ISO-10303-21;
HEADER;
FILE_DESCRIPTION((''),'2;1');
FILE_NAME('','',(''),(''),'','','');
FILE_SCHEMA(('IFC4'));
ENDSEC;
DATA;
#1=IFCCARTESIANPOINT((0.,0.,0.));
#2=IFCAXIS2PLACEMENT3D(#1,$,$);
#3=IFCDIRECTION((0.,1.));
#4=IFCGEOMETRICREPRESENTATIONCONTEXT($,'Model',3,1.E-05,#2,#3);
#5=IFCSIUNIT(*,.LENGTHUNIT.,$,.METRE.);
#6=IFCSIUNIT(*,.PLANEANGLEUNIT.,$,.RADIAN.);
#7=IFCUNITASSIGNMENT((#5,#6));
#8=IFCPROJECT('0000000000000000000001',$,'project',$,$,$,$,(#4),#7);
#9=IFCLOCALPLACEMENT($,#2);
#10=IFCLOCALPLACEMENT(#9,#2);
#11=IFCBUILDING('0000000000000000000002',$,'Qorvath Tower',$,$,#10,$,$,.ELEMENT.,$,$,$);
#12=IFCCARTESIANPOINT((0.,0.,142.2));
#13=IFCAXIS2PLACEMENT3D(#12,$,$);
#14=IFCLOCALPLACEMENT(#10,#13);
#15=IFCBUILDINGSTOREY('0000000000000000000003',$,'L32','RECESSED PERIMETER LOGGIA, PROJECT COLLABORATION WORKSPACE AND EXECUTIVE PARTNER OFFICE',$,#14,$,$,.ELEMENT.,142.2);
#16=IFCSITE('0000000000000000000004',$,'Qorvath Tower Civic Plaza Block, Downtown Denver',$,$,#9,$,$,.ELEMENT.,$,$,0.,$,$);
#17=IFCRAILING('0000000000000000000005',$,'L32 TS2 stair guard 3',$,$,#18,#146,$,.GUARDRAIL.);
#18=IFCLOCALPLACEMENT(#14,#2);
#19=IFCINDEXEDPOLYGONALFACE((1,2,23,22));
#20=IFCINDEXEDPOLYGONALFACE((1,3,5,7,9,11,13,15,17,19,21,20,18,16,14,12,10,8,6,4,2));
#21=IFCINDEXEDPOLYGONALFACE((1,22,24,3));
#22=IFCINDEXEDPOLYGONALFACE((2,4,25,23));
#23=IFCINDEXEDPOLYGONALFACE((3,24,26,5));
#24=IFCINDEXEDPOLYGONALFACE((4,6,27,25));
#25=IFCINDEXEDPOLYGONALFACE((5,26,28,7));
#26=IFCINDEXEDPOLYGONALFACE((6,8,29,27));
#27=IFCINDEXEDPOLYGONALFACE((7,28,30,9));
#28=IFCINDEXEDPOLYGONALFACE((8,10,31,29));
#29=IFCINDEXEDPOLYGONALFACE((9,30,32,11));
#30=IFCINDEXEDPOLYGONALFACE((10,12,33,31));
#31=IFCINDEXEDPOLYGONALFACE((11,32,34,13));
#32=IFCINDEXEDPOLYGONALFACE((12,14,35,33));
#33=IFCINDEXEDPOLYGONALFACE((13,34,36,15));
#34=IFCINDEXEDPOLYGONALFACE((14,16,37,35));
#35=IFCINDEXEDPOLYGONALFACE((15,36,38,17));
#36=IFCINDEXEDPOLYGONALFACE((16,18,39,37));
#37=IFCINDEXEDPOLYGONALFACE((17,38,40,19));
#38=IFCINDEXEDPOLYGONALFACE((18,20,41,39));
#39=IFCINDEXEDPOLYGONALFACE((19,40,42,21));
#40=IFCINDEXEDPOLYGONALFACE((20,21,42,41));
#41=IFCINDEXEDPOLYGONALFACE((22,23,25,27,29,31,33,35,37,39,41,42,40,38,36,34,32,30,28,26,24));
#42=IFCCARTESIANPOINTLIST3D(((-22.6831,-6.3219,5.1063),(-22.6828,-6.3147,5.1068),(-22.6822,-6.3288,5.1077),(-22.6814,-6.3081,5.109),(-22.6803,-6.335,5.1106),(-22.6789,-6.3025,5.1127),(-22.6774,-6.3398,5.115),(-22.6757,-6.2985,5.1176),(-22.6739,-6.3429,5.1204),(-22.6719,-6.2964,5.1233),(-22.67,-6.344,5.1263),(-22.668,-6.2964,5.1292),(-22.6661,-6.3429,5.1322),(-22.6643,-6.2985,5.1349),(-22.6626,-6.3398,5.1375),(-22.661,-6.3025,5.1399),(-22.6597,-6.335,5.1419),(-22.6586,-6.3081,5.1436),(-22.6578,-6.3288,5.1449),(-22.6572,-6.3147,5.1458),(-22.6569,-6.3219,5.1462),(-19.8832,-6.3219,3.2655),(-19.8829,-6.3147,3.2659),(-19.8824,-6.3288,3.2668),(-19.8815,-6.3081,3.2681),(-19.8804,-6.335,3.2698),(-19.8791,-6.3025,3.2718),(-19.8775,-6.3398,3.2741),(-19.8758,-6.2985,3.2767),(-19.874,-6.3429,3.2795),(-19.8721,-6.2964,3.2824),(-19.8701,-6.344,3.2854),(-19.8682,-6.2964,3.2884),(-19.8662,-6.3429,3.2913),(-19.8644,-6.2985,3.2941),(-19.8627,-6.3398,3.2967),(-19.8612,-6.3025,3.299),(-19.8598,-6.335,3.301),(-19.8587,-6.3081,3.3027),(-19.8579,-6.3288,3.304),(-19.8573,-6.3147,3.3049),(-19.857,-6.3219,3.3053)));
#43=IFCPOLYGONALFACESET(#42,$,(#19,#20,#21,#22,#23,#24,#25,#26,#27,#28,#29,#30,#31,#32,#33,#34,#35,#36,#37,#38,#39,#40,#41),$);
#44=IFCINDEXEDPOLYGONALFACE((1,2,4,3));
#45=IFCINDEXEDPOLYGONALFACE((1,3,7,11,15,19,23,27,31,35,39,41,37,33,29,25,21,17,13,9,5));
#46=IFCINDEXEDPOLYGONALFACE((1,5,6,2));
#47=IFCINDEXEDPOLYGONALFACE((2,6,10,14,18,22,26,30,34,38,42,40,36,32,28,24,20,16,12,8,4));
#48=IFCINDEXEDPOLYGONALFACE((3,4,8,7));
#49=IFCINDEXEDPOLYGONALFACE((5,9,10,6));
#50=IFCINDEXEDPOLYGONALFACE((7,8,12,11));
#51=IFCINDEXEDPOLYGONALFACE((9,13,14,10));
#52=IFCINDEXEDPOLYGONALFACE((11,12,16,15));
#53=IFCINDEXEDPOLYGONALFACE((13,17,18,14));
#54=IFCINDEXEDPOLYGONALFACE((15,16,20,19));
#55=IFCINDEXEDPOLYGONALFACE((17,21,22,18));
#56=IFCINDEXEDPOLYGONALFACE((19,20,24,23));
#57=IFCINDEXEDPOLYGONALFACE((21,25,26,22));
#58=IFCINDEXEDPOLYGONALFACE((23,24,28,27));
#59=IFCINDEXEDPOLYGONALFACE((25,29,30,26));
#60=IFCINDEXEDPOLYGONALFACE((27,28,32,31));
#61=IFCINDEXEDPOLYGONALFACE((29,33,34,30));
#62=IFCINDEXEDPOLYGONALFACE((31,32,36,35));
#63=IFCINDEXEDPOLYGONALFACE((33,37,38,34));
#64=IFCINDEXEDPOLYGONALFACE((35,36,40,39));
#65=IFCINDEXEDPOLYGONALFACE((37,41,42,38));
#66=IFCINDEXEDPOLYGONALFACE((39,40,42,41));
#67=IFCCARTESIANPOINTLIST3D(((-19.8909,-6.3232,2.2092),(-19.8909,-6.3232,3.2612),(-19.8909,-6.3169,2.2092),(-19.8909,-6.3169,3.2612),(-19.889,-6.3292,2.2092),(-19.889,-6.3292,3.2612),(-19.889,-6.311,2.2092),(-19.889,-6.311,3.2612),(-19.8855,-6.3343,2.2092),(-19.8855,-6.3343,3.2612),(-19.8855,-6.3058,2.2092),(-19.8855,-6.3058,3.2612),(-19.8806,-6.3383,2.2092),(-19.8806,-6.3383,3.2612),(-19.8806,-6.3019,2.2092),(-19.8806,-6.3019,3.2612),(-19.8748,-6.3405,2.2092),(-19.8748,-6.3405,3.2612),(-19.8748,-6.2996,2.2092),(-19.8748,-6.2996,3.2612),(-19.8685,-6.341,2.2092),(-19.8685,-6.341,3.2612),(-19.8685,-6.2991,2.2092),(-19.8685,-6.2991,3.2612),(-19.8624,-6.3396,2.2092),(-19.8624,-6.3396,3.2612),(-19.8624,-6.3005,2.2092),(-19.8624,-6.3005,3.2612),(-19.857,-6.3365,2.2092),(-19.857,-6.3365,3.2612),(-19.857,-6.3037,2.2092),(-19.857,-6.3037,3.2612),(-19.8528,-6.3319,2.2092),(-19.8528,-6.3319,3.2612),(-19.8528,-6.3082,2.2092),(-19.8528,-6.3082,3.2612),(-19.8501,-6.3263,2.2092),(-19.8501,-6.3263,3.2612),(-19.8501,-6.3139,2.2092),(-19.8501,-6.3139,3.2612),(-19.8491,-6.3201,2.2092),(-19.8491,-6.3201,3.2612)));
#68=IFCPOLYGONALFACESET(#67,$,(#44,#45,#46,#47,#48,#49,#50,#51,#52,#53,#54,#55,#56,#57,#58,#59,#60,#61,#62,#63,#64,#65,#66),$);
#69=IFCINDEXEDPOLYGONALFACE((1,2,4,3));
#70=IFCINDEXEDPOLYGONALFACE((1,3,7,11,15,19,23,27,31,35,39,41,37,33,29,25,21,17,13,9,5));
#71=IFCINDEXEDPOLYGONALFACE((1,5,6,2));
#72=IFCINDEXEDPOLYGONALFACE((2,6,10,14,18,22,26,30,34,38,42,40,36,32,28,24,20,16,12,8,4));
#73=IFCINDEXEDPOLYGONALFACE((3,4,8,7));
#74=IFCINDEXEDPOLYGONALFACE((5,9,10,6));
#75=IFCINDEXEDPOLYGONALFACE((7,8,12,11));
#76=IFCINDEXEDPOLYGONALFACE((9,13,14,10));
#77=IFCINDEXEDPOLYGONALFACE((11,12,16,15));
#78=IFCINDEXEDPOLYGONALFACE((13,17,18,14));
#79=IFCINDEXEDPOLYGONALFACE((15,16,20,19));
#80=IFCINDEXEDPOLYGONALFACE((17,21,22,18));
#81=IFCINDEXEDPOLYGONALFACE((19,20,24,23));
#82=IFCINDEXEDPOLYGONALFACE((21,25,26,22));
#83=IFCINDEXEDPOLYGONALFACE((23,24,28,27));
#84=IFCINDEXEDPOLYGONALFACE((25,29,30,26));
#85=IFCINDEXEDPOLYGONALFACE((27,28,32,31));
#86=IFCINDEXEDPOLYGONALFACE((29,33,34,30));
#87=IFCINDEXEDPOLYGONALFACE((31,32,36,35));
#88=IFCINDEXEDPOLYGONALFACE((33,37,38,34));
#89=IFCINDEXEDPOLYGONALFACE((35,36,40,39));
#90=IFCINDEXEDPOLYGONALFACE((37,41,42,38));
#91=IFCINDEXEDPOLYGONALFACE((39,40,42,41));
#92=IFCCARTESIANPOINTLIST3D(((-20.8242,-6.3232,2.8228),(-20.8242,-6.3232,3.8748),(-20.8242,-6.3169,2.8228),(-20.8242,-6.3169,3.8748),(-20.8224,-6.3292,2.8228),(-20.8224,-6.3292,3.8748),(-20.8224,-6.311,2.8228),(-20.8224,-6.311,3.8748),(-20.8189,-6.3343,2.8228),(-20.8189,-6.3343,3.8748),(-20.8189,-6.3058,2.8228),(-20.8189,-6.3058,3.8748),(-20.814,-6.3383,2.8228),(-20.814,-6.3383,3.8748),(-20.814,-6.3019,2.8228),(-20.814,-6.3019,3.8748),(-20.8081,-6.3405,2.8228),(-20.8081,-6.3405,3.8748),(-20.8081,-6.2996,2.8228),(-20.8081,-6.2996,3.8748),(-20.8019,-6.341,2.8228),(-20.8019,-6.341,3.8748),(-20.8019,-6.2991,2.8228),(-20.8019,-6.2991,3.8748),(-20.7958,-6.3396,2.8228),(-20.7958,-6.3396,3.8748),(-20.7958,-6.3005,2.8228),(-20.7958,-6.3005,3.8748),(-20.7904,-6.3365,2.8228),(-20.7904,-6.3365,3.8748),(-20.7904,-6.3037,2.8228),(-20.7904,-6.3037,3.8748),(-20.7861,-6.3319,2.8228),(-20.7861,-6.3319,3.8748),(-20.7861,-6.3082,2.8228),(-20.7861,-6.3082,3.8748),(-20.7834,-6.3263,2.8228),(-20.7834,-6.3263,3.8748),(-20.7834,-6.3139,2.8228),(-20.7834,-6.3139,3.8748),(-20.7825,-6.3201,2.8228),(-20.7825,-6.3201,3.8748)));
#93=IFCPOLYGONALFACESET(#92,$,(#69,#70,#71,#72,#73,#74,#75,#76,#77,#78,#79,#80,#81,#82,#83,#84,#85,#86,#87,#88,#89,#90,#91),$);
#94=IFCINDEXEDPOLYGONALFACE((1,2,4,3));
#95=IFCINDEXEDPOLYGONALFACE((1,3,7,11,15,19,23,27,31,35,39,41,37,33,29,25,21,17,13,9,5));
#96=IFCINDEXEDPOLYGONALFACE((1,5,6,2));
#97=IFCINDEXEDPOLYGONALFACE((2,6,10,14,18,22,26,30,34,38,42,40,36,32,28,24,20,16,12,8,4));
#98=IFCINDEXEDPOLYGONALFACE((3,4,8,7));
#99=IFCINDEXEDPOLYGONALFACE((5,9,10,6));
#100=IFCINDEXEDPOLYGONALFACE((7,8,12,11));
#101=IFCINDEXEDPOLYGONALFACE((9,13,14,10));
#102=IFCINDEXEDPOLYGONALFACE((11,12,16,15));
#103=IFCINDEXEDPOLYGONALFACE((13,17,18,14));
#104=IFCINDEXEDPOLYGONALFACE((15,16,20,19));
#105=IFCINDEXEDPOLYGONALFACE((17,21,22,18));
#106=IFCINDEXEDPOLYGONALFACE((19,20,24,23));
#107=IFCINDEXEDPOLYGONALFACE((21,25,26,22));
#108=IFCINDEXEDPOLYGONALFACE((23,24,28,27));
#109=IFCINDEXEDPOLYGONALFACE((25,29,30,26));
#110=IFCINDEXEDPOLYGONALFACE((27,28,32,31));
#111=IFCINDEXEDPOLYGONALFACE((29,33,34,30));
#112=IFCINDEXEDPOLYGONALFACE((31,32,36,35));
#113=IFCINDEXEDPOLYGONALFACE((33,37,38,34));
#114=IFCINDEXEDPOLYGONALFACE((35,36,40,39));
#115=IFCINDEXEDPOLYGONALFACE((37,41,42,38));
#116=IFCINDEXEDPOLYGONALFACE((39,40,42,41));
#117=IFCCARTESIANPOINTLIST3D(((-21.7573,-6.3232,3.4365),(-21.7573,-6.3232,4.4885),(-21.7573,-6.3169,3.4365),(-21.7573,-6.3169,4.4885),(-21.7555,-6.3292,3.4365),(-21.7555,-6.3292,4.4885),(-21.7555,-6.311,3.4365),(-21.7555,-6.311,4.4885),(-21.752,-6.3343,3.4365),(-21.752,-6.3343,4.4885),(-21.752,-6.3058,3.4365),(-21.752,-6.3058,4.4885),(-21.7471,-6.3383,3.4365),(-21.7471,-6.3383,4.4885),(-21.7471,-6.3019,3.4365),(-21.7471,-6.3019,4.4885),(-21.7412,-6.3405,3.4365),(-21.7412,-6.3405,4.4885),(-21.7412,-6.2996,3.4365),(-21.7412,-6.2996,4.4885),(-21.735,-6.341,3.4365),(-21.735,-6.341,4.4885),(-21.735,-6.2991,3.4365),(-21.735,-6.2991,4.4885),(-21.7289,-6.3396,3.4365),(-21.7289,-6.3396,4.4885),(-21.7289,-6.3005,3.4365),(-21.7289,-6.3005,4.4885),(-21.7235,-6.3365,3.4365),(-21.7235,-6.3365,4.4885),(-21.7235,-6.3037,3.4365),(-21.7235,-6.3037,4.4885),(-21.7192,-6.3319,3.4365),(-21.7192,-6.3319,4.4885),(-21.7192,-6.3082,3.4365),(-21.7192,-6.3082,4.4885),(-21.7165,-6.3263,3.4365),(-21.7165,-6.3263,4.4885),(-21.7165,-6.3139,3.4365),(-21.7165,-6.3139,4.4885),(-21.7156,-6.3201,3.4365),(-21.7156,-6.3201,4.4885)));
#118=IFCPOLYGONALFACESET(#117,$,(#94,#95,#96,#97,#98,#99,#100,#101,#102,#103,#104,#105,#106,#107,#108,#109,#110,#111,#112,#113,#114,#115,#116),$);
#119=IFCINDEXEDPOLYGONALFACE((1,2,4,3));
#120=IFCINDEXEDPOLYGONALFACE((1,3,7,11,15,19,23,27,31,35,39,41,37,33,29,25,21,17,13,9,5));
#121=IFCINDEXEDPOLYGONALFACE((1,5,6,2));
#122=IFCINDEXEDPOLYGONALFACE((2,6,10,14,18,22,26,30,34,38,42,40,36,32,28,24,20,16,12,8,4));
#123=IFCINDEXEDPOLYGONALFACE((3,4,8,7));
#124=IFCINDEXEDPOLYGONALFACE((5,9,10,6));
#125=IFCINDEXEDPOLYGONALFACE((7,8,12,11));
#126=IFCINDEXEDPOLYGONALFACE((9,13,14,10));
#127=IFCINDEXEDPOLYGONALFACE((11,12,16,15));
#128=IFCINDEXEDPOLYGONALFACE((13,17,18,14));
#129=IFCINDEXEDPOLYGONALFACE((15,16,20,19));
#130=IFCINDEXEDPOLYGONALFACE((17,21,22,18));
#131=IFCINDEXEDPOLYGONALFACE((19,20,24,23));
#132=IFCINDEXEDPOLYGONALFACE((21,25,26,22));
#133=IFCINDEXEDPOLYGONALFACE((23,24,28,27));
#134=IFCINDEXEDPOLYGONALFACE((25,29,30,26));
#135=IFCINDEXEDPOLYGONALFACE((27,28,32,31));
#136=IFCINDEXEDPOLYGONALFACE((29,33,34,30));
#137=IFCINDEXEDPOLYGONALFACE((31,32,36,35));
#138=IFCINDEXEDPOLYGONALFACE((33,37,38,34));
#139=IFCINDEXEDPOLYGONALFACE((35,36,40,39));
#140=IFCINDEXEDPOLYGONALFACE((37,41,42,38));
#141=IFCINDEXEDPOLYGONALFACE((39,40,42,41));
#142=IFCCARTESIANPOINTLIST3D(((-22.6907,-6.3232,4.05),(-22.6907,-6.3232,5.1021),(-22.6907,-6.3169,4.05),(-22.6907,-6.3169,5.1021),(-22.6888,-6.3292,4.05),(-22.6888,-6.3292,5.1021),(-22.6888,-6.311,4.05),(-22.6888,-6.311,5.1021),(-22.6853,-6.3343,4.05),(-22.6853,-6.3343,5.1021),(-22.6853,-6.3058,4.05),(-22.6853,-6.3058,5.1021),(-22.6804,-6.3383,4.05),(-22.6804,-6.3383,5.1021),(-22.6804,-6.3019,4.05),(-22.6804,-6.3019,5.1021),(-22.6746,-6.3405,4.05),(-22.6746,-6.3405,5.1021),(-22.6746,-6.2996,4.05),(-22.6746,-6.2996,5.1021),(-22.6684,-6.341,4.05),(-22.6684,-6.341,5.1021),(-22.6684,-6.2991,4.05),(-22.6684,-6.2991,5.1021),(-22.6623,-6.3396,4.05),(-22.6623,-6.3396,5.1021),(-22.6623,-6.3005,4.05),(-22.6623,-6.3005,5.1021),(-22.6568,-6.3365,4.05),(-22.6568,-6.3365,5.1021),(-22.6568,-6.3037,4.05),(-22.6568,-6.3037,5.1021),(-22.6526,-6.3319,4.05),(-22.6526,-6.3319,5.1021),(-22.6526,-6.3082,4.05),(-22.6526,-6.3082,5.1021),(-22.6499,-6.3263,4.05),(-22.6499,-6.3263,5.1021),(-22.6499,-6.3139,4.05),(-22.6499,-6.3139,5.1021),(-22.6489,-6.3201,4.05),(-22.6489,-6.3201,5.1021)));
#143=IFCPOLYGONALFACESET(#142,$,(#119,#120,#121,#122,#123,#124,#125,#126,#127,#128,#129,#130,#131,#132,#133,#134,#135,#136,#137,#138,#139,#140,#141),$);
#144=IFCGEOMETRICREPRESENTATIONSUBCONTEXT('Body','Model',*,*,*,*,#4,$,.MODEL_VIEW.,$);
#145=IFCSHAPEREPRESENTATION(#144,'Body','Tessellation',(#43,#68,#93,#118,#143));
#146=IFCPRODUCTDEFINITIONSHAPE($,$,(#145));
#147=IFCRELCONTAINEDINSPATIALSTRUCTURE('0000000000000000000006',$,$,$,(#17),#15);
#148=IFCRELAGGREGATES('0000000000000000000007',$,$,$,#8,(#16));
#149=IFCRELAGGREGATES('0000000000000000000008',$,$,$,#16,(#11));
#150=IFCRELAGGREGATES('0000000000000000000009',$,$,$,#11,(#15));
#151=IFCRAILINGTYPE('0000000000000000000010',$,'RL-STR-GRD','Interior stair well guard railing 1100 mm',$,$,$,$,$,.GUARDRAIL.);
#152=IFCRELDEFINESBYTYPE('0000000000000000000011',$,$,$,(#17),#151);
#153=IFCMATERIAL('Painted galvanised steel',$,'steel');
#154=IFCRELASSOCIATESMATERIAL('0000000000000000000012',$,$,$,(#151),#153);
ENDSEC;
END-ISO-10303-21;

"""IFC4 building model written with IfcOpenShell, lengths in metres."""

from ifc_helpers import new_model, si_unit, direction, frame, origin, origin_2d, place, context, subcontext, project, spatial, circle, extrude, material, type_object, element, save


model = new_model("IFC4")

# Units and contexts
model_context = context("Model", 3, precision=1e-05, world=origin(), true_north=direction((0.0, 1.0)))
body_context = subcontext(model_context, "Body", "Model", "MODEL_VIEW")
ifc_project = project(units=[si_unit("LENGTHUNIT", "METRE"), si_unit("PLANEANGLEUNIT", "RADIAN")], contexts=[model_context])

# Site, building, storey
site_placement = place(None, origin())
site = spatial("IfcSite", under=ifc_project, at=site_placement, Name="Qorvath Tower Civic Plaza Block, Downtown Denver", CompositionType="ELEMENT", RefElevation=0.0)
building_placement = place(site_placement, origin())
building = spatial("IfcBuilding", under=site, at=building_placement, Name="Qorvath Tower", CompositionType="ELEMENT")
storey_placement = place(building_placement, frame((0.0, 0.0, 142.2)))
storey = spatial("IfcBuildingStorey", under=building, at=storey_placement, Name="L32", Description="RECESSED PERIMETER LOGGIA, PROJECT COLLABORATION WORKSPACE AND EXECUTIVE PARTNER OFFICE", CompositionType="ELEMENT", Elevation=142.2)

# Railing
ifc_material_1 = material(Name="Painted galvanised steel", Category="steel")
railing_type_1 = type_object("IfcRailingType", Name="RL-STR-GRD", Description="Interior stair well guard railing 1100 mm", PredefinedType="GUARDRAIL", material=ifc_material_1)
railing_1_placement = place(storey_placement, frame((-19.8701, -6.3201, 2.2092)))
element("IfcRailing", 1, at=railing_1_placement, inside=storey, type_object=railing_type_1, Name="L32 TS2 stair guard 3", PredefinedType="GUARDRAIL", context=body_context, shape_type="SweptSolid", body=[
    extrude(circle(Radius=0.0239, at=origin_2d()), frame((0.0, 0.0, 1.0762), z_axis=(-0.835576, 0.0, 0.549376), x_axis=(0.0, -1.0, 0.0)), (0.0, 0.0, 1.0), 3.3508),
    extrude(circle(Radius=0.021, at=origin_2d()), origin(), (0.0, 0.0, 1.0), 1.052),
    extrude(circle(Radius=0.021, at=origin_2d()), frame((-0.9333, 0.0, 0.6135)), (0.0, 0.0, 1.0), 1.052),
    extrude(circle(Radius=0.021, at=origin_2d()), frame((-1.8665, 0.0, 1.2273)), (0.0, 0.0, 1.0), 1.052),
    extrude(circle(Radius=0.021, at=origin_2d()), frame((-2.7998, 0.0, 1.8408)), (0.0, 0.0, 1.0), 1.052),
])

save(model, "model.ifc")
